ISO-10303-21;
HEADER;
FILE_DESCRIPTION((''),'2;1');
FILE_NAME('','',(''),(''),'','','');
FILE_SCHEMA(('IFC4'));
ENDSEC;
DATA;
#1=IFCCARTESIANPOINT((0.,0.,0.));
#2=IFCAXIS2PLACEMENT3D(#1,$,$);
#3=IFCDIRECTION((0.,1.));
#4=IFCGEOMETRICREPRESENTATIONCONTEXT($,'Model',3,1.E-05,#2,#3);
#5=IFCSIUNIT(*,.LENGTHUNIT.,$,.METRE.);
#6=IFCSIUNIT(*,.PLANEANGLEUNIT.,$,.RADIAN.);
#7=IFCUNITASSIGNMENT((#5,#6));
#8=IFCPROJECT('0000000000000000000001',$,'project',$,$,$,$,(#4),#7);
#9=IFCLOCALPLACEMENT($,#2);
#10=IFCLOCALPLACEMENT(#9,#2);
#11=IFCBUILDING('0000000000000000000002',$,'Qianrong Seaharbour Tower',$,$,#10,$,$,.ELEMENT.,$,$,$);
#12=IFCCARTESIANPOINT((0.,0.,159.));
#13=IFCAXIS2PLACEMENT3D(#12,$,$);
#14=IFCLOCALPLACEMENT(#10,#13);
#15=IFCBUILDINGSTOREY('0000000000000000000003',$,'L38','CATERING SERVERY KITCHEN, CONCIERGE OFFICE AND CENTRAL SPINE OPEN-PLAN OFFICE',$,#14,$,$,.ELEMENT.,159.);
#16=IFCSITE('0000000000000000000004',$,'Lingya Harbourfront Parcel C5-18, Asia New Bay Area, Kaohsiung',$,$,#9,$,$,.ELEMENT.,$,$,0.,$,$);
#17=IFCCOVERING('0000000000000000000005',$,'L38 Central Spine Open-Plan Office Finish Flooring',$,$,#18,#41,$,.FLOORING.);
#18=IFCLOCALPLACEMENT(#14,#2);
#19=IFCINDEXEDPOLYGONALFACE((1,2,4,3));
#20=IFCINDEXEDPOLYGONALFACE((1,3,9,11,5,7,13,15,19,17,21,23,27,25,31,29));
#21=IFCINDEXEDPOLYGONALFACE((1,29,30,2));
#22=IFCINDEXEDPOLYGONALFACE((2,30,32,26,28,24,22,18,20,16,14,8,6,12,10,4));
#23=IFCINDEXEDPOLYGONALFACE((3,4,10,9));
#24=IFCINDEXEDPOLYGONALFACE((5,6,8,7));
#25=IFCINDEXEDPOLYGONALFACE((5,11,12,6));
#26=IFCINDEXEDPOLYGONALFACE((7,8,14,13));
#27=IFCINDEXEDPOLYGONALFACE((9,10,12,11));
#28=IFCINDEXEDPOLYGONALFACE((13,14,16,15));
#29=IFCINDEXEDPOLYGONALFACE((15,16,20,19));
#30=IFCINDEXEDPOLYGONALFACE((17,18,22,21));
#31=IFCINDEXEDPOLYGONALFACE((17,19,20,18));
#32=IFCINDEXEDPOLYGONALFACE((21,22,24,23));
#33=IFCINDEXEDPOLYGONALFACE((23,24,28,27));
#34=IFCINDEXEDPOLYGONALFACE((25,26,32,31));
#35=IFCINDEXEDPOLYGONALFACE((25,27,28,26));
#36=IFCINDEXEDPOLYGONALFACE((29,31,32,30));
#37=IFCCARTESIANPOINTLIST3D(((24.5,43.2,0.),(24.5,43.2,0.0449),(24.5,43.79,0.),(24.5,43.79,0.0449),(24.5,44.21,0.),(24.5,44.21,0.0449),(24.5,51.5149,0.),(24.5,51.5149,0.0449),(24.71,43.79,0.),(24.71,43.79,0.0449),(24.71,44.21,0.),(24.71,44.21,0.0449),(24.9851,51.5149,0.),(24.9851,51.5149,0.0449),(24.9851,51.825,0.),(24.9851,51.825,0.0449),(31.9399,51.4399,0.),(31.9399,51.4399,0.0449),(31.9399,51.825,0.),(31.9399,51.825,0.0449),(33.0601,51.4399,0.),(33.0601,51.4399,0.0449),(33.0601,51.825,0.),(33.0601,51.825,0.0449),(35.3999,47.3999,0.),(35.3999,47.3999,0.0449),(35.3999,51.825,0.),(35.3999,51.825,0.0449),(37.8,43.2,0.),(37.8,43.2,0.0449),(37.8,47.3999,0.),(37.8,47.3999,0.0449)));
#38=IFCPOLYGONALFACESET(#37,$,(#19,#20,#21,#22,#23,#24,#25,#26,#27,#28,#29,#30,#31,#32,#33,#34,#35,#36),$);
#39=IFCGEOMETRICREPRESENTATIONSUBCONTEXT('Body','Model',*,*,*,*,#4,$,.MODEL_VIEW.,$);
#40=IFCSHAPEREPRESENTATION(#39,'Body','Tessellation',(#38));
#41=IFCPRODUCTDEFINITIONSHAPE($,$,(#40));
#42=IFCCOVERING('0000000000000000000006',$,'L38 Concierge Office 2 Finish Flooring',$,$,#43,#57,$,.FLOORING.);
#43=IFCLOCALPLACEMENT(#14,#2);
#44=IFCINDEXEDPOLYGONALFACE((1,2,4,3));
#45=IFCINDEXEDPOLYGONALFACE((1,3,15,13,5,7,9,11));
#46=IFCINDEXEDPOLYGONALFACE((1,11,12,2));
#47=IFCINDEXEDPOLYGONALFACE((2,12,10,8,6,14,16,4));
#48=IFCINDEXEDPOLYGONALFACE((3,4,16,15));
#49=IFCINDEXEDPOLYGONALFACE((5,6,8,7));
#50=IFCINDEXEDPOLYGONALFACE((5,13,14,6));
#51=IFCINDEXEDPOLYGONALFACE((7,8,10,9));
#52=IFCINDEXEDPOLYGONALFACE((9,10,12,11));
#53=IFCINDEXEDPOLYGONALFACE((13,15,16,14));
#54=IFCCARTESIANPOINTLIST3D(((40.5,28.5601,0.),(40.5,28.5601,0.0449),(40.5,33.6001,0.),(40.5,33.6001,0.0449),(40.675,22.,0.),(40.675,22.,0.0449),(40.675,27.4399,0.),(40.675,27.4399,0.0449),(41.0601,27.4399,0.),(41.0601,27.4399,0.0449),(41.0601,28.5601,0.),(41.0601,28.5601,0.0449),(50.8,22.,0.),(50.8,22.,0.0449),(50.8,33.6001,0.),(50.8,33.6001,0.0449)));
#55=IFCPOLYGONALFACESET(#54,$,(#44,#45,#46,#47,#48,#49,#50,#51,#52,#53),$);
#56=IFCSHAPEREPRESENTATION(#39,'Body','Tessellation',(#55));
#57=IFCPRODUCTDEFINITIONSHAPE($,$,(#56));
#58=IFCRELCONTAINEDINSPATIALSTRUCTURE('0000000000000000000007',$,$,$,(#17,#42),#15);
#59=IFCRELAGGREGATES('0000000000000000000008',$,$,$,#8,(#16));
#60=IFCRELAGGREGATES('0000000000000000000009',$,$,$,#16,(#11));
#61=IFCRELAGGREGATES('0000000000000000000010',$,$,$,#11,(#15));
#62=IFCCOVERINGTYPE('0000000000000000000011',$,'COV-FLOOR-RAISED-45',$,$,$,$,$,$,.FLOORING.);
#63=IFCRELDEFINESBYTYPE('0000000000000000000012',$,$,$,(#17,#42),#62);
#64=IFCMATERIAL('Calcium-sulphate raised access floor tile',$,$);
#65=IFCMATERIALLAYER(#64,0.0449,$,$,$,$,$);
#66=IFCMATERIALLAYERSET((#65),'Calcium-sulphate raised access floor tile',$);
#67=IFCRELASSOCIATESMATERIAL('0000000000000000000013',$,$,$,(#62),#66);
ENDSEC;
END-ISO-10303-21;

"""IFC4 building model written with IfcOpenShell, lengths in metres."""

from ifc_helpers import new_model, si_unit, direction, frame, origin, place, context, subcontext, project, spatial, polyline, outline, extrude, material, layer, layer_set, type_object, element, save


model = new_model("IFC4")

# Units and contexts
model_context = context("Model", 3, precision=1e-05, world=origin(), true_north=direction((0.0, 1.0)))
body_context = subcontext(model_context, "Body", "Model", "MODEL_VIEW")
ifc_project = project(units=[si_unit("LENGTHUNIT", "METRE"), si_unit("PLANEANGLEUNIT", "RADIAN")], contexts=[model_context])

# Site, building, storey
site_placement = place(None, origin())
site = spatial("IfcSite", under=ifc_project, at=site_placement, Name="Lingya Harbourfront Parcel C5-18, Asia New Bay Area, Kaohsiung", CompositionType="ELEMENT", RefElevation=0.0)
building_placement = place(site_placement, origin())
building = spatial("IfcBuilding", under=site, at=building_placement, Name="Qianrong Seaharbour Tower", CompositionType="ELEMENT")
storey_placement = place(building_placement, frame((0.0, 0.0, 159.0)))
storey = spatial("IfcBuildingStorey", under=building, at=storey_placement, Name="L38", Description="CATERING SERVERY KITCHEN, CONCIERGE OFFICE AND CENTRAL SPINE OPEN-PLAN OFFICE", CompositionType="ELEMENT", Elevation=159.0)

# Coverings
ifc_material_1 = material(Name="Calcium-sulphate raised access floor tile")
ifc_layer_1 = layer(ifc_material_1, 0.0449)
ifc_layer_set_1 = layer_set([ifc_layer_1], Name="Calcium-sulphate raised access floor tile")
covering_type_1 = type_object("IfcCoveringType", Name="COV-FLOOR-RAISED-45", PredefinedType="FLOORING", material=ifc_layer_set_1)
covering_1_placement = place(storey_placement, origin())
element("IfcCovering", 1, at=covering_1_placement, inside=storey, type_object=covering_type_1, Name="L38 Central Spine Open-Plan Office Finish Flooring", PredefinedType="FLOORING", context=body_context, shape_type="SweptSolid", body=[
    extrude(outline(polyline([(31.9399, 51.825), (31.9399, 51.4399), (33.0601, 51.4399), (33.0601, 51.825), (35.3999, 51.825), (35.3999, 47.3999), (37.8, 47.3999), (37.8, 43.2), (24.5, 43.2), (24.5, 43.79), (24.71, 43.79), (24.71, 44.21), (24.5, 44.21), (24.5, 51.5149), (24.9851, 51.5149), (24.9851, 51.825), (31.9399, 51.825)])), origin(), (0.0, 0.0, 1.0), 0.0449),
])
covering_2_placement = place(storey_placement, origin())
element("IfcCovering", 2, at=covering_2_placement, inside=storey, type_object=covering_type_1, Name="L38 Concierge Office 2 Finish Flooring", PredefinedType="FLOORING", context=body_context, shape_type="SweptSolid", body=[
    extrude(outline(polyline([(50.8, 22.0), (40.675, 22.0), (40.675, 27.4399), (41.0601, 27.4399), (41.0601, 28.5601), (40.5, 28.5601), (40.5, 33.6001), (50.8, 33.6001), (50.8, 22.0)])), origin(), (0.0, 0.0, 1.0), 0.0449),
])

save(model, "model.ifc")
